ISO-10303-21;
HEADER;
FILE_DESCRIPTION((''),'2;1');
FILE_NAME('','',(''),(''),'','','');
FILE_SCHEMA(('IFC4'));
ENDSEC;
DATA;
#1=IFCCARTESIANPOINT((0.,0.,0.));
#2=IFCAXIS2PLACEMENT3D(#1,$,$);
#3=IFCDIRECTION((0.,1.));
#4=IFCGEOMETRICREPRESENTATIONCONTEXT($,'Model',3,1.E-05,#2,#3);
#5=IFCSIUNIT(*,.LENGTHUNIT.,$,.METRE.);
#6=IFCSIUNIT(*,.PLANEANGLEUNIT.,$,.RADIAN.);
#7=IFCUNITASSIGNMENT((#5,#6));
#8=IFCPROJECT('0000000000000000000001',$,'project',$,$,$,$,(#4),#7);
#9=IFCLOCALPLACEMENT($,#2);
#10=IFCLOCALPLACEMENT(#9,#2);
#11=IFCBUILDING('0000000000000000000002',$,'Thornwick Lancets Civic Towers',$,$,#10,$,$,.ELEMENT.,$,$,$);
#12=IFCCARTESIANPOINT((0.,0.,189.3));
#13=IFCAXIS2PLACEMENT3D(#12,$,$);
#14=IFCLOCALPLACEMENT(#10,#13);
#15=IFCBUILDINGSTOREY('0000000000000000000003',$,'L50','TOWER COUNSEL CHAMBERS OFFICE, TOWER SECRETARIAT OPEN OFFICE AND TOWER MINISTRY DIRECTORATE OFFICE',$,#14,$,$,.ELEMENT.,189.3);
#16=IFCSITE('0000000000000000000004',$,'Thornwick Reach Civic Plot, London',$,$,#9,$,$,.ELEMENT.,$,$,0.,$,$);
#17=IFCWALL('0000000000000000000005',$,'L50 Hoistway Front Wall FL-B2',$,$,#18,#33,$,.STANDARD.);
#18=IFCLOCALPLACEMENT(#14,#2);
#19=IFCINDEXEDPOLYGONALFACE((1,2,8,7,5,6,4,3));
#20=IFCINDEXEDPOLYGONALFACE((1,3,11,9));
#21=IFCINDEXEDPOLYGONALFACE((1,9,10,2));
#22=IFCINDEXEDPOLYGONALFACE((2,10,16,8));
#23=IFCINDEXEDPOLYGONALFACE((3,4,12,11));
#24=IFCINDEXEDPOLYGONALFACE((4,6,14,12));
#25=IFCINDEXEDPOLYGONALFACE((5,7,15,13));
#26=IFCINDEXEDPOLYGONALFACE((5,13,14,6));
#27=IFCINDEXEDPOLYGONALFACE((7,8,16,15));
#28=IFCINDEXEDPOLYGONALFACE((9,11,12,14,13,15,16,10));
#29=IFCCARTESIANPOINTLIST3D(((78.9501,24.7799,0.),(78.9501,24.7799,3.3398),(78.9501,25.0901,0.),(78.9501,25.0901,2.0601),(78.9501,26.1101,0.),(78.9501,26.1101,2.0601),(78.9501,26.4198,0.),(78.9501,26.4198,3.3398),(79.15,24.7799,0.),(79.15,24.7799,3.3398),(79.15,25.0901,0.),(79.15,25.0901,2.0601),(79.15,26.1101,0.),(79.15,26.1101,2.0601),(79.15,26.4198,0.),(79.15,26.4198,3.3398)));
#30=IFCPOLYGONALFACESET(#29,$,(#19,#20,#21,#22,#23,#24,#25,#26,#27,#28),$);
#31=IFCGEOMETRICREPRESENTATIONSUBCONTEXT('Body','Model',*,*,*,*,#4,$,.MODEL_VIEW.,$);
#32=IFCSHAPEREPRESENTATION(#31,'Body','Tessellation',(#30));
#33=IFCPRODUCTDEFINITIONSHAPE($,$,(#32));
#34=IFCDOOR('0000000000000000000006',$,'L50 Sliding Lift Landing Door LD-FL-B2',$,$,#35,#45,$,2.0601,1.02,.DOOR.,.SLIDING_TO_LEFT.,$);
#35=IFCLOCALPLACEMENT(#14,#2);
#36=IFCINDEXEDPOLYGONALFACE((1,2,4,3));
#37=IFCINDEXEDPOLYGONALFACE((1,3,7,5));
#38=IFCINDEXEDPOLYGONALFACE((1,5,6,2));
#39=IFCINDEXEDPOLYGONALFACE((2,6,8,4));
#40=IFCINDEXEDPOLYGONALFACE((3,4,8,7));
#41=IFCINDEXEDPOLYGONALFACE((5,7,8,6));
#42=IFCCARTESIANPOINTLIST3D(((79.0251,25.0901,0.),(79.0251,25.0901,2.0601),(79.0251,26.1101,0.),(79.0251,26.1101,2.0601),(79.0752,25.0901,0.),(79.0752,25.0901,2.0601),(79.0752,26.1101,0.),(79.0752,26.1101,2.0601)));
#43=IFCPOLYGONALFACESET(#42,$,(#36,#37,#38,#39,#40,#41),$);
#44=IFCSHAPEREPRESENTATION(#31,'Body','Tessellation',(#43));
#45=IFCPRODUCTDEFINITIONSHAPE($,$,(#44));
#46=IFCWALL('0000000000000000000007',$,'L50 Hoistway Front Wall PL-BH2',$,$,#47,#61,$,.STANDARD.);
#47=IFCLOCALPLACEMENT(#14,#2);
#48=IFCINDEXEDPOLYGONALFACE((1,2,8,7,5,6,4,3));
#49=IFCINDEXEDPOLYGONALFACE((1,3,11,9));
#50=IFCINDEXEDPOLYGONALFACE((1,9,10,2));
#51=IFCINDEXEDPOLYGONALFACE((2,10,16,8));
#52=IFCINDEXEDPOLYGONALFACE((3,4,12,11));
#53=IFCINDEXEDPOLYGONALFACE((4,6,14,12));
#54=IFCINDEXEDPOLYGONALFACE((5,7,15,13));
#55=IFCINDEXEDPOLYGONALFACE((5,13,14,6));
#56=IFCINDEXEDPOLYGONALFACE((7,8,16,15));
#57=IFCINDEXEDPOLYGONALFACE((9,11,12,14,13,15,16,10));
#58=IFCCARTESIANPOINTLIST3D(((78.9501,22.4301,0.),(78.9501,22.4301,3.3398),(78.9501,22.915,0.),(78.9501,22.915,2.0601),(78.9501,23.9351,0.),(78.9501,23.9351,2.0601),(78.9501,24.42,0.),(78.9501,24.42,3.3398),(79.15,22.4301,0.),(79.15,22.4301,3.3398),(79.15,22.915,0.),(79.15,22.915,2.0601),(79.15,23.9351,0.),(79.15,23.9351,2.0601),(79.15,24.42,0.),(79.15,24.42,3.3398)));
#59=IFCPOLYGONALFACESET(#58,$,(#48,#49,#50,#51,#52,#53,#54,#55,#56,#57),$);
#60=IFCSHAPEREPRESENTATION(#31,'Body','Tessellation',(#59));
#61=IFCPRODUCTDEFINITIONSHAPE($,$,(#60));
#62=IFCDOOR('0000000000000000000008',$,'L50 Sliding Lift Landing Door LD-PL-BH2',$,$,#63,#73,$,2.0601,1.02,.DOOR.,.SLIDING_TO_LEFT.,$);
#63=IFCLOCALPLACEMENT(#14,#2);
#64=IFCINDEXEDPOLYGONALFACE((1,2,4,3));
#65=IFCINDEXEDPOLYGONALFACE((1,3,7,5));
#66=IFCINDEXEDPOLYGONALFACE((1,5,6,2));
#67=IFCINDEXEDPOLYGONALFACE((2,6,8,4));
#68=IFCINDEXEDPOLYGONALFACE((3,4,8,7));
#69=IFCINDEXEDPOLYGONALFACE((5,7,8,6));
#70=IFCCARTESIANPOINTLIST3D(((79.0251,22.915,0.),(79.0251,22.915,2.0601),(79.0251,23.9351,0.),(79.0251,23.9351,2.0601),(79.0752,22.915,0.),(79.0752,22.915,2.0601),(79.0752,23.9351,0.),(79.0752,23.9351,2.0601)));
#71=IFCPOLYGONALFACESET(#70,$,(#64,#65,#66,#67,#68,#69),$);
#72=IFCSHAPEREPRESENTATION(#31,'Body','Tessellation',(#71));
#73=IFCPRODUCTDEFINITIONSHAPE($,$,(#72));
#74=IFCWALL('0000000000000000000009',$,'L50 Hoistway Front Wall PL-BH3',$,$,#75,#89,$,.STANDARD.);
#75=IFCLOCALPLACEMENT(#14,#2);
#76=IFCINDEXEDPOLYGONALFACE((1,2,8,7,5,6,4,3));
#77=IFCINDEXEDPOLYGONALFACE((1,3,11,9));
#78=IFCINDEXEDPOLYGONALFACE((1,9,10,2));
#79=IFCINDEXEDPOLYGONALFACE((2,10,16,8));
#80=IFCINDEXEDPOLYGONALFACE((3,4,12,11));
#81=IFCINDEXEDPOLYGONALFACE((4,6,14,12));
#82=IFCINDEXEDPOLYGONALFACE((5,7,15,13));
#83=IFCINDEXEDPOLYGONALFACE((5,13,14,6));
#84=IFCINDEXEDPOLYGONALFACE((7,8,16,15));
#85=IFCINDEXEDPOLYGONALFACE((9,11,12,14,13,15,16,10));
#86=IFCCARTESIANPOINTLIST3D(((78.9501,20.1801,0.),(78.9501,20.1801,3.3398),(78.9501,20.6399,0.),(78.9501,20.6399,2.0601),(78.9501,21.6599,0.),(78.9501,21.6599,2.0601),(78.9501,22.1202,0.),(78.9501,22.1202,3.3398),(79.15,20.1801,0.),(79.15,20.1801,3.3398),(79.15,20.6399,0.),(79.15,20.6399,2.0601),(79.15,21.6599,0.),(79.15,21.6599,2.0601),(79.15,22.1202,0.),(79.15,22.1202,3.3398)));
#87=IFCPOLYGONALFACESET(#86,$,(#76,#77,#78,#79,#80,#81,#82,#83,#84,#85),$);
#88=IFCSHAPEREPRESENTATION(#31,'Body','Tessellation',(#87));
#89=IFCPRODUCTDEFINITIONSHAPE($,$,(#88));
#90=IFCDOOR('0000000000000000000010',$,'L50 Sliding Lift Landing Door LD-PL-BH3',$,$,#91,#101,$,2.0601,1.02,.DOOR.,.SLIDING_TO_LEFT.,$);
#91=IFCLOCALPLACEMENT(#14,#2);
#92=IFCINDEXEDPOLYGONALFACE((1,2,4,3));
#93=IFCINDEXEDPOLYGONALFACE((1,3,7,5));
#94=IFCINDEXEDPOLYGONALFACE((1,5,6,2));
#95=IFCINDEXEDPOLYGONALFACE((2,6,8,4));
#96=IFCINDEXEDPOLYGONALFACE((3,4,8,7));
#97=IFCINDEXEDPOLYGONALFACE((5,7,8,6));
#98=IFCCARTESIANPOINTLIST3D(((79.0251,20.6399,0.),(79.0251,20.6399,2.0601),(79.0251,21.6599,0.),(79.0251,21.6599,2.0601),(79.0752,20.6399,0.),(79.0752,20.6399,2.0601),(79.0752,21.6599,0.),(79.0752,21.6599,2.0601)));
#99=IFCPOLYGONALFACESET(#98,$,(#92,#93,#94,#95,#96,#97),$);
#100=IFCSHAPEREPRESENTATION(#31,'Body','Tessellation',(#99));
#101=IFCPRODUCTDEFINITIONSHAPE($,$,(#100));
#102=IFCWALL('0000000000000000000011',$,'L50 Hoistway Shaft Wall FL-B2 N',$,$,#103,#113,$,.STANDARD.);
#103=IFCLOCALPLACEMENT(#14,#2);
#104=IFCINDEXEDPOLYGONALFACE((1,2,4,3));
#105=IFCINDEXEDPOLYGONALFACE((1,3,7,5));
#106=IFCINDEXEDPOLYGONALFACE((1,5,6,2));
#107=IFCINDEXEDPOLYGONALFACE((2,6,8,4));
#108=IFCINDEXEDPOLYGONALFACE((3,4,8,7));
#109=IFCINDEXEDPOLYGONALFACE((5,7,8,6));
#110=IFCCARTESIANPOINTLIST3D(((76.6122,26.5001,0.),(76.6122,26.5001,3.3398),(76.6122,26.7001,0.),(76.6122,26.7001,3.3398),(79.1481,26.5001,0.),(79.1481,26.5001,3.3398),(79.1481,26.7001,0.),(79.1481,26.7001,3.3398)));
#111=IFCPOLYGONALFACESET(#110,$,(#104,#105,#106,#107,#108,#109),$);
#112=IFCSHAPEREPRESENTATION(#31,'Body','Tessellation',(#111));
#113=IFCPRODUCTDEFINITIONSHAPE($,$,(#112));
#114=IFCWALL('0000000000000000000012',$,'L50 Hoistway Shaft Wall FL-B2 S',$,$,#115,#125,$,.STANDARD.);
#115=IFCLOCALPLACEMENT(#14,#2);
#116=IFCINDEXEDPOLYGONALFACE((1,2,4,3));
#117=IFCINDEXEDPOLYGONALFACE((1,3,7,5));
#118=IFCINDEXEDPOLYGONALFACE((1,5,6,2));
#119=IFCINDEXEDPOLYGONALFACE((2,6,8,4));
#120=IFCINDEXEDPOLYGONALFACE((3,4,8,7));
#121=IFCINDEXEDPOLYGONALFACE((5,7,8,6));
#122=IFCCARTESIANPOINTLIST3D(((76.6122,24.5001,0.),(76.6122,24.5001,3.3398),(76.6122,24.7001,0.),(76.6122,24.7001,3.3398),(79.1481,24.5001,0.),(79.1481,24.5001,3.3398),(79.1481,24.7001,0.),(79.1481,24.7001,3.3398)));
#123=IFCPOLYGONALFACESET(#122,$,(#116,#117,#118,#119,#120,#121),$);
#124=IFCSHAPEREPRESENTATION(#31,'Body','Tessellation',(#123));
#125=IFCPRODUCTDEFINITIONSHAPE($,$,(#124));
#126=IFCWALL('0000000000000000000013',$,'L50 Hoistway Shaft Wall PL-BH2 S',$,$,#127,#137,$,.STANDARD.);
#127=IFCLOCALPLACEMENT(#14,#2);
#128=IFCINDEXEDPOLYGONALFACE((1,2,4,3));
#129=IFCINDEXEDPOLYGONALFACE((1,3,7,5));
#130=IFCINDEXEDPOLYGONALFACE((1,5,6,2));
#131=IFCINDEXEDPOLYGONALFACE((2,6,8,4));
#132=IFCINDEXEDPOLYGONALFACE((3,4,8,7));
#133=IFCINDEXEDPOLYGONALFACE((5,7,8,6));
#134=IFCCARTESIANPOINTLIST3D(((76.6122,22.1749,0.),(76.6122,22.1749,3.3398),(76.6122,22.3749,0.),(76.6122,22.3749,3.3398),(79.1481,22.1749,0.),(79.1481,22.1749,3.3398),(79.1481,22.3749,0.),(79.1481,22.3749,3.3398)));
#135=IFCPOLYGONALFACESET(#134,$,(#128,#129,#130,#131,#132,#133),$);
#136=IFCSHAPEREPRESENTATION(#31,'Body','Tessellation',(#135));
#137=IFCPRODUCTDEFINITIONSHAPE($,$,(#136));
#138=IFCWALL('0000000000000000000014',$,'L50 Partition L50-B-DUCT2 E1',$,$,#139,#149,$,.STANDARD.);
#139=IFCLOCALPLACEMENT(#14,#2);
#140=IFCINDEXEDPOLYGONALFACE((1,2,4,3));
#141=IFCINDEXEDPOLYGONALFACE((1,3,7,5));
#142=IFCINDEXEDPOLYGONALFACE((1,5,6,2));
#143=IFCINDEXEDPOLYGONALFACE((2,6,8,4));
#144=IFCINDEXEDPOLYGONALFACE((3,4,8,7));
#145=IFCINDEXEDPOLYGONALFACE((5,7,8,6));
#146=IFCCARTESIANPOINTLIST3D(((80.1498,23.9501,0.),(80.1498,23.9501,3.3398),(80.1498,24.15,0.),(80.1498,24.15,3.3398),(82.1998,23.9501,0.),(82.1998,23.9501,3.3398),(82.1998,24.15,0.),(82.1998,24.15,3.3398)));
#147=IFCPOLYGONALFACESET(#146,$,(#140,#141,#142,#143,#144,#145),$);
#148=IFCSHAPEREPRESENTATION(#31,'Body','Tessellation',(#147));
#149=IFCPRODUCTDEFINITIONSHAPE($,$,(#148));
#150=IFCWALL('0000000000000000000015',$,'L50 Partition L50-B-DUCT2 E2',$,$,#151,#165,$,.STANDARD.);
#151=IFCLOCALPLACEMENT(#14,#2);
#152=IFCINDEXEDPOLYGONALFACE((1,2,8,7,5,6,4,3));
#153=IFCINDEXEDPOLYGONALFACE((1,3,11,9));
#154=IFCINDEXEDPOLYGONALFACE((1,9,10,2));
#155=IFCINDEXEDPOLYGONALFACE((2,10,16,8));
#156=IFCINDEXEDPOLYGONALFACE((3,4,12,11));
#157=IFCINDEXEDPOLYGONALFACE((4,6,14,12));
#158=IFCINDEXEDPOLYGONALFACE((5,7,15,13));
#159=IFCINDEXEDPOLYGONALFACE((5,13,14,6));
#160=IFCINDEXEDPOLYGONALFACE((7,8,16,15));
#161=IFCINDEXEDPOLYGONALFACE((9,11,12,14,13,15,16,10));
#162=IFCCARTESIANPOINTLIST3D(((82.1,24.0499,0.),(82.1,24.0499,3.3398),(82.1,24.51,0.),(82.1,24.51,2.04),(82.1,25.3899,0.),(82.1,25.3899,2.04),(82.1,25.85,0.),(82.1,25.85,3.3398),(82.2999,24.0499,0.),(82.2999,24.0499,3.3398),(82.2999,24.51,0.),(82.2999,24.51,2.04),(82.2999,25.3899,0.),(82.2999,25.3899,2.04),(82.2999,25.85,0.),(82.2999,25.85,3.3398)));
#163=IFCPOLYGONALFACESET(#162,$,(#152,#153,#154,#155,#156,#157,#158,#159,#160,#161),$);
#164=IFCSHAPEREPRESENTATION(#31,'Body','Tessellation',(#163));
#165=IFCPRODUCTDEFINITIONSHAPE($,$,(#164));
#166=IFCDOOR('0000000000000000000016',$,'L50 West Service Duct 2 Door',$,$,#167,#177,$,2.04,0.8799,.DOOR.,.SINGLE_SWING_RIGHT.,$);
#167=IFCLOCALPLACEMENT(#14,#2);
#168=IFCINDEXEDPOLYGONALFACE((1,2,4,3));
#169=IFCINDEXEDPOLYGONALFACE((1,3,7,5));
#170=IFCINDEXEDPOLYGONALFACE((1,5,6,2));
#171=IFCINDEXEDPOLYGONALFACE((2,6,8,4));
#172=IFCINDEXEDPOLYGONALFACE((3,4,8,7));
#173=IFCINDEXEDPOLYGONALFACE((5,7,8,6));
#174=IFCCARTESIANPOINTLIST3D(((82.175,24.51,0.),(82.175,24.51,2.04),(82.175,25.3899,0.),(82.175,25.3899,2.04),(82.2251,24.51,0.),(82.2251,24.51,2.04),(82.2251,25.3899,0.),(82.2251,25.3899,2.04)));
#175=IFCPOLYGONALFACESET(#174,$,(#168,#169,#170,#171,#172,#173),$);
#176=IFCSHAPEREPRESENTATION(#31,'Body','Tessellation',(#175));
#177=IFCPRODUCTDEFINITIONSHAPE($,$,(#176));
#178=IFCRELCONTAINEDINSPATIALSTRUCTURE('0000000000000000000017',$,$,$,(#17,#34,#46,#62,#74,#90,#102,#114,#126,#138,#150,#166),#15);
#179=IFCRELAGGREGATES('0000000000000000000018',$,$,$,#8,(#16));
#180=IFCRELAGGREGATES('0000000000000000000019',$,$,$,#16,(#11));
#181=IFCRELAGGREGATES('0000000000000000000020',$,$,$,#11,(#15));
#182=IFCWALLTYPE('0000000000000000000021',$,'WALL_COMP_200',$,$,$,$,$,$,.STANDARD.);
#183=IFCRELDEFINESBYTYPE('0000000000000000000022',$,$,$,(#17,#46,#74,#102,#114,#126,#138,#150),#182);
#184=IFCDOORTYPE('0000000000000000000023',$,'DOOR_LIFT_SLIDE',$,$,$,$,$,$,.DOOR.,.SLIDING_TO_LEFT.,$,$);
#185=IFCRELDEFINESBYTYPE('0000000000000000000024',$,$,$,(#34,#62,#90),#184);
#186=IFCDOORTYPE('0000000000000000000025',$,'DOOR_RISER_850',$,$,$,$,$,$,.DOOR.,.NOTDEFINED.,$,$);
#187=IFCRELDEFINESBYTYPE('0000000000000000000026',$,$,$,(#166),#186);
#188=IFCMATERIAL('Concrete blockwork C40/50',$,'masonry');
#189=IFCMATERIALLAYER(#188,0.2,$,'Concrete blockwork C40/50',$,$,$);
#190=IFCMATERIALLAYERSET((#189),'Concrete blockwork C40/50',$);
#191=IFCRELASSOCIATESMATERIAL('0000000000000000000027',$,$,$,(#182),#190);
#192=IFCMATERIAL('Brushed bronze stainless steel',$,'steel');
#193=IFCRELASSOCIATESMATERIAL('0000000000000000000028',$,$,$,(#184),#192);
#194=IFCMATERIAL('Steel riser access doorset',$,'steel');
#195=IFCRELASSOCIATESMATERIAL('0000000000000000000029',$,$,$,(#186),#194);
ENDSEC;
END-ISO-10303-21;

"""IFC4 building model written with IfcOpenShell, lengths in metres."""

from ifc_helpers import new_model, si_unit, direction, frame, frame_2d, origin, place, context, subcontext, project, spatial, rectangle, extrude, material, layer, layer_set, type_object, element, fill, save


model = new_model("IFC4")

# Units and contexts
model_context = context("Model", 3, precision=1e-05, world=origin(), true_north=direction((0.0, 1.0)))
body_context = subcontext(model_context, "Body", "Model", "MODEL_VIEW")
ifc_project = project(units=[si_unit("LENGTHUNIT", "METRE"), si_unit("PLANEANGLEUNIT", "RADIAN")], contexts=[model_context])

# Site, building, storey
site_placement = place(None, origin())
site = spatial("IfcSite", under=ifc_project, at=site_placement, Name="Thornwick Reach Civic Plot, London", CompositionType="ELEMENT", RefElevation=0.0)
building_placement = place(site_placement, origin())
building = spatial("IfcBuilding", under=site, at=building_placement, Name="Thornwick Lancets Civic Towers", CompositionType="ELEMENT")
storey_placement = place(building_placement, frame((0.0, 0.0, 189.3)))
storey = spatial("IfcBuildingStorey", under=building, at=storey_placement, Name="L50", Description="TOWER COUNSEL CHAMBERS OFFICE, TOWER SECRETARIAT OPEN OFFICE AND TOWER MINISTRY DIRECTORATE OFFICE", CompositionType="ELEMENT", Elevation=189.3)

# Walls, openings, doors
ifc_material_1 = material(Name="Concrete blockwork C40/50", Category="masonry")
ifc_layer_1 = layer(ifc_material_1, 0.2, Name="Concrete blockwork C40/50")
ifc_layer_set_1 = layer_set([ifc_layer_1], Name="Concrete blockwork C40/50")
wall_type_1 = type_object("IfcWallType", Name="WALL_COMP_200", PredefinedType="STANDARD", material=ifc_layer_set_1)
wall_1_placement = place(storey_placement, frame((79.05, 24.78, 0.0), z_axis=(0.0, 0.0, 1.0), x_axis=(0.0, 1.0, 0.0)))
wall_1 = element("IfcWall", 1, at=wall_1_placement, inside=storey, type_object=wall_type_1, Name="L50 Hoistway Front Wall FL-B2", PredefinedType="STANDARD", context=body_context, shape_type="SweptSolid", body=[
    extrude(rectangle(XDim=1.6399, YDim=0.2, at=frame_2d((0.8198, 0.0))), origin(), (0.0, 0.0, 1.0), 3.3398),
])
opening_1_placement = place(wall_1_placement, frame((0.3101, 0.0, 0.0)))
opening_1 = element("IfcOpeningElement", 2, at=opening_1_placement, cuts=wall_1, PredefinedType="OPENING", context=body_context, shape_type="SweptSolid", body=[
    extrude(rectangle(XDim=1.02, YDim=2.0601, at=frame_2d((0.51, 1.03))), frame((0.0, 0.1099, 0.0), z_axis=(0.0, -1.0, 0.0), x_axis=(1.0, 0.0, 0.0)), (0.0, 0.0, 1.0), 0.22),
])
ifc_material_2 = material(Name="Brushed bronze stainless steel", Category="steel")
door_type_1 = type_object("IfcDoorType", Name="DOOR_LIFT_SLIDE", OperationType="SLIDING_TO_LEFT", PredefinedType="DOOR", material=ifc_material_2)
door_1_placement = place(opening_1_placement, origin())
door_1 = element("IfcDoor", 3, at=door_1_placement, inside=storey, type_object=door_type_1, Name="L50 Sliding Lift Landing Door LD-FL-B2", OperationType="SLIDING_TO_LEFT", OverallHeight=2.0601, OverallWidth=1.02, PredefinedType="DOOR", context=body_context, shape_type="SweptSolid", body=[
    extrude(rectangle(XDim=1.02, YDim=2.0601, at=frame_2d((0.51, 1.03))), frame((0.0, 0.0249, 0.0), z_axis=(0.0, -1.0, 0.0), x_axis=(1.0, 0.0, 0.0)), (0.0, 0.0, 1.0), 0.05),
])
fill(opening_1, door_1)
wall_2_placement = place(storey_placement, frame((79.05, 22.4299, 0.0), z_axis=(0.0, 0.0, 1.0), x_axis=(0.0, 1.0, 0.0)))
wall_2 = element("IfcWall", 4, at=wall_2_placement, inside=storey, type_object=wall_type_1, Name="L50 Hoistway Front Wall PL-BH2", PredefinedType="STANDARD", context=body_context, shape_type="SweptSolid", body=[
    extrude(rectangle(XDim=1.99, YDim=0.2, at=frame_2d((0.9951, 0.0))), origin(), (0.0, 0.0, 1.0), 3.3398),
])
opening_2_placement = place(wall_2_placement, frame((0.4851, 0.0, 0.0)))
opening_2 = element("IfcOpeningElement", 5, at=opening_2_placement, cuts=wall_2, PredefinedType="OPENING", context=body_context, shape_type="SweptSolid", body=[
    extrude(rectangle(XDim=1.02, YDim=2.0601, at=frame_2d((0.51, 1.03))), frame((0.0, 0.1099, 0.0), z_axis=(0.0, -1.0, 0.0), x_axis=(1.0, 0.0, 0.0)), (0.0, 0.0, 1.0), 0.22),
])
door_2_placement = place(opening_2_placement, origin())
door_2 = element("IfcDoor", 6, at=door_2_placement, inside=storey, type_object=door_type_1, Name="L50 Sliding Lift Landing Door LD-PL-BH2", OperationType="SLIDING_TO_LEFT", OverallHeight=2.0601, OverallWidth=1.02, PredefinedType="DOOR", context=body_context, shape_type="SweptSolid", body=[
    extrude(rectangle(XDim=1.02, YDim=2.0601, at=frame_2d((0.51, 1.03))), frame((0.0, 0.0249, 0.0), z_axis=(0.0, -1.0, 0.0), x_axis=(1.0, 0.0, 0.0)), (0.0, 0.0, 1.0), 0.05),
])
fill(opening_2, door_2)
wall_3_placement = place(storey_placement, frame((79.05, 20.1799, 0.0), z_axis=(0.0, 0.0, 1.0), x_axis=(0.0, 1.0, 0.0)))
wall_3 = element("IfcWall", 7, at=wall_3_placement, inside=storey, type_object=wall_type_1, Name="L50 Hoistway Front Wall PL-BH3", PredefinedType="STANDARD", context=body_context, shape_type="SweptSolid", body=[
    extrude(rectangle(XDim=1.9402, YDim=0.2, at=frame_2d((0.9702, 0.0))), origin(), (0.0, 0.0, 1.0), 3.3398),
])
opening_3_placement = place(wall_3_placement, frame((0.46, 0.0, 0.0)))
opening_3 = element("IfcOpeningElement", 8, at=opening_3_placement, cuts=wall_3, PredefinedType="OPENING", context=body_context, shape_type="SweptSolid", body=[
    extrude(rectangle(XDim=1.02, YDim=2.0601, at=frame_2d((0.51, 1.03))), frame((0.0, 0.1099, 0.0), z_axis=(0.0, -1.0, 0.0), x_axis=(1.0, 0.0, 0.0)), (0.0, 0.0, 1.0), 0.22),
])
door_3_placement = place(opening_3_placement, origin())
door_3 = element("IfcDoor", 9, at=door_3_placement, inside=storey, type_object=door_type_1, Name="L50 Sliding Lift Landing Door LD-PL-BH3", OperationType="SLIDING_TO_LEFT", OverallHeight=2.0601, OverallWidth=1.02, PredefinedType="DOOR", context=body_context, shape_type="SweptSolid", body=[
    extrude(rectangle(XDim=1.02, YDim=2.0601, at=frame_2d((0.51, 1.03))), frame((0.0, 0.0249, 0.0), z_axis=(0.0, -1.0, 0.0), x_axis=(1.0, 0.0, 0.0)), (0.0, 0.0, 1.0), 0.05),
])
fill(opening_3, door_3)

# Walls
for number, where, z_axis, x_axis, name in (
    (10, (76.6121, 26.6001, 0.0), (0.0, 0.0, 1.0), (1.0, 0.0, 0.0), "L50 Hoistway Shaft Wall FL-B2 N"),
    (11, (76.6121, 24.6001, 0.0), (0.0, 0.0, 1.0), (1.0, 0.0, 0.0), "L50 Hoistway Shaft Wall FL-B2 S"),
    (12, (76.6121, 22.2749, 0.0), (0.0, 0.0, 1.0), (1.0, 0.0, 0.0), "L50 Hoistway Shaft Wall PL-BH2 S"),
):
    element("IfcWall", number, at=place(storey_placement, frame(where, z_axis=z_axis, x_axis=x_axis)), inside=storey, type_object=wall_type_1, Name=name, PredefinedType="STANDARD", context=body_context, shape_type="SweptSolid", body=[
        extrude(rectangle(XDim=2.5359, YDim=0.2, at=frame_2d((1.2681, 0.0))), origin(), (0.0, 0.0, 1.0), 3.3398),
    ])
wall_4_placement = place(storey_placement, frame((80.1499, 24.05, 0.0), z_axis=(0.0, 0.0, 1.0), x_axis=(1.0, 0.0, 0.0)))
element("IfcWall", 13, at=wall_4_placement, inside=storey, type_object=wall_type_1, Name="L50 Partition L50-B-DUCT2 E1", PredefinedType="STANDARD", context=body_context, shape_type="SweptSolid", body=[
    extrude(rectangle(XDim=2.05, YDim=0.2, at=frame_2d((1.0249, 0.0))), origin(), (0.0, 0.0, 1.0), 3.3398),
])

# Wall, opening, door
wall_5_placement = place(storey_placement, frame((82.2, 24.05, 0.0), z_axis=(0.0, 0.0, 1.0), x_axis=(0.0, 1.0, 0.0)))
wall_5 = element("IfcWall", 14, at=wall_5_placement, inside=storey, type_object=wall_type_1, Name="L50 Partition L50-B-DUCT2 E2", PredefinedType="STANDARD", context=body_context, shape_type="SweptSolid", body=[
    extrude(rectangle(XDim=1.8, YDim=0.2, at=frame_2d((0.8999, 0.0))), origin(), (0.0, 0.0, 1.0), 3.3398),
])
opening_4_placement = place(wall_5_placement, frame((0.46, 0.0, 0.0)))
opening_4 = element("IfcOpeningElement", 15, at=opening_4_placement, cuts=wall_5, PredefinedType="OPENING", context=body_context, shape_type="SweptSolid", body=[
    extrude(rectangle(XDim=0.8799, YDim=2.04, at=frame_2d((0.4399, 1.02))), frame((0.0, 0.1099, 0.0), z_axis=(0.0, -1.0, 0.0), x_axis=(1.0, 0.0, 0.0)), (0.0, 0.0, 1.0), 0.22),
])
ifc_material_3 = material(Name="Steel riser access doorset", Category="steel")
door_type_2 = type_object("IfcDoorType", Name="DOOR_RISER_850", OperationType="NOTDEFINED", PredefinedType="DOOR", material=ifc_material_3)
door_4_placement = place(opening_4_placement, origin())
door_4 = element("IfcDoor", 16, at=door_4_placement, inside=storey, type_object=door_type_2, Name="L50 West Service Duct 2 Door", OperationType="SINGLE_SWING_RIGHT", OverallHeight=2.04, OverallWidth=0.8799, PredefinedType="DOOR", context=body_context, shape_type="SweptSolid", body=[
    extrude(rectangle(XDim=0.8799, YDim=2.04, at=frame_2d((0.4399, 1.02))), frame((0.0, 0.0249, 0.0), z_axis=(0.0, -1.0, 0.0), x_axis=(1.0, 0.0, 0.0)), (0.0, 0.0, 1.0), 0.05),
])
fill(opening_4, door_4)

save(model, "model.ifc")
